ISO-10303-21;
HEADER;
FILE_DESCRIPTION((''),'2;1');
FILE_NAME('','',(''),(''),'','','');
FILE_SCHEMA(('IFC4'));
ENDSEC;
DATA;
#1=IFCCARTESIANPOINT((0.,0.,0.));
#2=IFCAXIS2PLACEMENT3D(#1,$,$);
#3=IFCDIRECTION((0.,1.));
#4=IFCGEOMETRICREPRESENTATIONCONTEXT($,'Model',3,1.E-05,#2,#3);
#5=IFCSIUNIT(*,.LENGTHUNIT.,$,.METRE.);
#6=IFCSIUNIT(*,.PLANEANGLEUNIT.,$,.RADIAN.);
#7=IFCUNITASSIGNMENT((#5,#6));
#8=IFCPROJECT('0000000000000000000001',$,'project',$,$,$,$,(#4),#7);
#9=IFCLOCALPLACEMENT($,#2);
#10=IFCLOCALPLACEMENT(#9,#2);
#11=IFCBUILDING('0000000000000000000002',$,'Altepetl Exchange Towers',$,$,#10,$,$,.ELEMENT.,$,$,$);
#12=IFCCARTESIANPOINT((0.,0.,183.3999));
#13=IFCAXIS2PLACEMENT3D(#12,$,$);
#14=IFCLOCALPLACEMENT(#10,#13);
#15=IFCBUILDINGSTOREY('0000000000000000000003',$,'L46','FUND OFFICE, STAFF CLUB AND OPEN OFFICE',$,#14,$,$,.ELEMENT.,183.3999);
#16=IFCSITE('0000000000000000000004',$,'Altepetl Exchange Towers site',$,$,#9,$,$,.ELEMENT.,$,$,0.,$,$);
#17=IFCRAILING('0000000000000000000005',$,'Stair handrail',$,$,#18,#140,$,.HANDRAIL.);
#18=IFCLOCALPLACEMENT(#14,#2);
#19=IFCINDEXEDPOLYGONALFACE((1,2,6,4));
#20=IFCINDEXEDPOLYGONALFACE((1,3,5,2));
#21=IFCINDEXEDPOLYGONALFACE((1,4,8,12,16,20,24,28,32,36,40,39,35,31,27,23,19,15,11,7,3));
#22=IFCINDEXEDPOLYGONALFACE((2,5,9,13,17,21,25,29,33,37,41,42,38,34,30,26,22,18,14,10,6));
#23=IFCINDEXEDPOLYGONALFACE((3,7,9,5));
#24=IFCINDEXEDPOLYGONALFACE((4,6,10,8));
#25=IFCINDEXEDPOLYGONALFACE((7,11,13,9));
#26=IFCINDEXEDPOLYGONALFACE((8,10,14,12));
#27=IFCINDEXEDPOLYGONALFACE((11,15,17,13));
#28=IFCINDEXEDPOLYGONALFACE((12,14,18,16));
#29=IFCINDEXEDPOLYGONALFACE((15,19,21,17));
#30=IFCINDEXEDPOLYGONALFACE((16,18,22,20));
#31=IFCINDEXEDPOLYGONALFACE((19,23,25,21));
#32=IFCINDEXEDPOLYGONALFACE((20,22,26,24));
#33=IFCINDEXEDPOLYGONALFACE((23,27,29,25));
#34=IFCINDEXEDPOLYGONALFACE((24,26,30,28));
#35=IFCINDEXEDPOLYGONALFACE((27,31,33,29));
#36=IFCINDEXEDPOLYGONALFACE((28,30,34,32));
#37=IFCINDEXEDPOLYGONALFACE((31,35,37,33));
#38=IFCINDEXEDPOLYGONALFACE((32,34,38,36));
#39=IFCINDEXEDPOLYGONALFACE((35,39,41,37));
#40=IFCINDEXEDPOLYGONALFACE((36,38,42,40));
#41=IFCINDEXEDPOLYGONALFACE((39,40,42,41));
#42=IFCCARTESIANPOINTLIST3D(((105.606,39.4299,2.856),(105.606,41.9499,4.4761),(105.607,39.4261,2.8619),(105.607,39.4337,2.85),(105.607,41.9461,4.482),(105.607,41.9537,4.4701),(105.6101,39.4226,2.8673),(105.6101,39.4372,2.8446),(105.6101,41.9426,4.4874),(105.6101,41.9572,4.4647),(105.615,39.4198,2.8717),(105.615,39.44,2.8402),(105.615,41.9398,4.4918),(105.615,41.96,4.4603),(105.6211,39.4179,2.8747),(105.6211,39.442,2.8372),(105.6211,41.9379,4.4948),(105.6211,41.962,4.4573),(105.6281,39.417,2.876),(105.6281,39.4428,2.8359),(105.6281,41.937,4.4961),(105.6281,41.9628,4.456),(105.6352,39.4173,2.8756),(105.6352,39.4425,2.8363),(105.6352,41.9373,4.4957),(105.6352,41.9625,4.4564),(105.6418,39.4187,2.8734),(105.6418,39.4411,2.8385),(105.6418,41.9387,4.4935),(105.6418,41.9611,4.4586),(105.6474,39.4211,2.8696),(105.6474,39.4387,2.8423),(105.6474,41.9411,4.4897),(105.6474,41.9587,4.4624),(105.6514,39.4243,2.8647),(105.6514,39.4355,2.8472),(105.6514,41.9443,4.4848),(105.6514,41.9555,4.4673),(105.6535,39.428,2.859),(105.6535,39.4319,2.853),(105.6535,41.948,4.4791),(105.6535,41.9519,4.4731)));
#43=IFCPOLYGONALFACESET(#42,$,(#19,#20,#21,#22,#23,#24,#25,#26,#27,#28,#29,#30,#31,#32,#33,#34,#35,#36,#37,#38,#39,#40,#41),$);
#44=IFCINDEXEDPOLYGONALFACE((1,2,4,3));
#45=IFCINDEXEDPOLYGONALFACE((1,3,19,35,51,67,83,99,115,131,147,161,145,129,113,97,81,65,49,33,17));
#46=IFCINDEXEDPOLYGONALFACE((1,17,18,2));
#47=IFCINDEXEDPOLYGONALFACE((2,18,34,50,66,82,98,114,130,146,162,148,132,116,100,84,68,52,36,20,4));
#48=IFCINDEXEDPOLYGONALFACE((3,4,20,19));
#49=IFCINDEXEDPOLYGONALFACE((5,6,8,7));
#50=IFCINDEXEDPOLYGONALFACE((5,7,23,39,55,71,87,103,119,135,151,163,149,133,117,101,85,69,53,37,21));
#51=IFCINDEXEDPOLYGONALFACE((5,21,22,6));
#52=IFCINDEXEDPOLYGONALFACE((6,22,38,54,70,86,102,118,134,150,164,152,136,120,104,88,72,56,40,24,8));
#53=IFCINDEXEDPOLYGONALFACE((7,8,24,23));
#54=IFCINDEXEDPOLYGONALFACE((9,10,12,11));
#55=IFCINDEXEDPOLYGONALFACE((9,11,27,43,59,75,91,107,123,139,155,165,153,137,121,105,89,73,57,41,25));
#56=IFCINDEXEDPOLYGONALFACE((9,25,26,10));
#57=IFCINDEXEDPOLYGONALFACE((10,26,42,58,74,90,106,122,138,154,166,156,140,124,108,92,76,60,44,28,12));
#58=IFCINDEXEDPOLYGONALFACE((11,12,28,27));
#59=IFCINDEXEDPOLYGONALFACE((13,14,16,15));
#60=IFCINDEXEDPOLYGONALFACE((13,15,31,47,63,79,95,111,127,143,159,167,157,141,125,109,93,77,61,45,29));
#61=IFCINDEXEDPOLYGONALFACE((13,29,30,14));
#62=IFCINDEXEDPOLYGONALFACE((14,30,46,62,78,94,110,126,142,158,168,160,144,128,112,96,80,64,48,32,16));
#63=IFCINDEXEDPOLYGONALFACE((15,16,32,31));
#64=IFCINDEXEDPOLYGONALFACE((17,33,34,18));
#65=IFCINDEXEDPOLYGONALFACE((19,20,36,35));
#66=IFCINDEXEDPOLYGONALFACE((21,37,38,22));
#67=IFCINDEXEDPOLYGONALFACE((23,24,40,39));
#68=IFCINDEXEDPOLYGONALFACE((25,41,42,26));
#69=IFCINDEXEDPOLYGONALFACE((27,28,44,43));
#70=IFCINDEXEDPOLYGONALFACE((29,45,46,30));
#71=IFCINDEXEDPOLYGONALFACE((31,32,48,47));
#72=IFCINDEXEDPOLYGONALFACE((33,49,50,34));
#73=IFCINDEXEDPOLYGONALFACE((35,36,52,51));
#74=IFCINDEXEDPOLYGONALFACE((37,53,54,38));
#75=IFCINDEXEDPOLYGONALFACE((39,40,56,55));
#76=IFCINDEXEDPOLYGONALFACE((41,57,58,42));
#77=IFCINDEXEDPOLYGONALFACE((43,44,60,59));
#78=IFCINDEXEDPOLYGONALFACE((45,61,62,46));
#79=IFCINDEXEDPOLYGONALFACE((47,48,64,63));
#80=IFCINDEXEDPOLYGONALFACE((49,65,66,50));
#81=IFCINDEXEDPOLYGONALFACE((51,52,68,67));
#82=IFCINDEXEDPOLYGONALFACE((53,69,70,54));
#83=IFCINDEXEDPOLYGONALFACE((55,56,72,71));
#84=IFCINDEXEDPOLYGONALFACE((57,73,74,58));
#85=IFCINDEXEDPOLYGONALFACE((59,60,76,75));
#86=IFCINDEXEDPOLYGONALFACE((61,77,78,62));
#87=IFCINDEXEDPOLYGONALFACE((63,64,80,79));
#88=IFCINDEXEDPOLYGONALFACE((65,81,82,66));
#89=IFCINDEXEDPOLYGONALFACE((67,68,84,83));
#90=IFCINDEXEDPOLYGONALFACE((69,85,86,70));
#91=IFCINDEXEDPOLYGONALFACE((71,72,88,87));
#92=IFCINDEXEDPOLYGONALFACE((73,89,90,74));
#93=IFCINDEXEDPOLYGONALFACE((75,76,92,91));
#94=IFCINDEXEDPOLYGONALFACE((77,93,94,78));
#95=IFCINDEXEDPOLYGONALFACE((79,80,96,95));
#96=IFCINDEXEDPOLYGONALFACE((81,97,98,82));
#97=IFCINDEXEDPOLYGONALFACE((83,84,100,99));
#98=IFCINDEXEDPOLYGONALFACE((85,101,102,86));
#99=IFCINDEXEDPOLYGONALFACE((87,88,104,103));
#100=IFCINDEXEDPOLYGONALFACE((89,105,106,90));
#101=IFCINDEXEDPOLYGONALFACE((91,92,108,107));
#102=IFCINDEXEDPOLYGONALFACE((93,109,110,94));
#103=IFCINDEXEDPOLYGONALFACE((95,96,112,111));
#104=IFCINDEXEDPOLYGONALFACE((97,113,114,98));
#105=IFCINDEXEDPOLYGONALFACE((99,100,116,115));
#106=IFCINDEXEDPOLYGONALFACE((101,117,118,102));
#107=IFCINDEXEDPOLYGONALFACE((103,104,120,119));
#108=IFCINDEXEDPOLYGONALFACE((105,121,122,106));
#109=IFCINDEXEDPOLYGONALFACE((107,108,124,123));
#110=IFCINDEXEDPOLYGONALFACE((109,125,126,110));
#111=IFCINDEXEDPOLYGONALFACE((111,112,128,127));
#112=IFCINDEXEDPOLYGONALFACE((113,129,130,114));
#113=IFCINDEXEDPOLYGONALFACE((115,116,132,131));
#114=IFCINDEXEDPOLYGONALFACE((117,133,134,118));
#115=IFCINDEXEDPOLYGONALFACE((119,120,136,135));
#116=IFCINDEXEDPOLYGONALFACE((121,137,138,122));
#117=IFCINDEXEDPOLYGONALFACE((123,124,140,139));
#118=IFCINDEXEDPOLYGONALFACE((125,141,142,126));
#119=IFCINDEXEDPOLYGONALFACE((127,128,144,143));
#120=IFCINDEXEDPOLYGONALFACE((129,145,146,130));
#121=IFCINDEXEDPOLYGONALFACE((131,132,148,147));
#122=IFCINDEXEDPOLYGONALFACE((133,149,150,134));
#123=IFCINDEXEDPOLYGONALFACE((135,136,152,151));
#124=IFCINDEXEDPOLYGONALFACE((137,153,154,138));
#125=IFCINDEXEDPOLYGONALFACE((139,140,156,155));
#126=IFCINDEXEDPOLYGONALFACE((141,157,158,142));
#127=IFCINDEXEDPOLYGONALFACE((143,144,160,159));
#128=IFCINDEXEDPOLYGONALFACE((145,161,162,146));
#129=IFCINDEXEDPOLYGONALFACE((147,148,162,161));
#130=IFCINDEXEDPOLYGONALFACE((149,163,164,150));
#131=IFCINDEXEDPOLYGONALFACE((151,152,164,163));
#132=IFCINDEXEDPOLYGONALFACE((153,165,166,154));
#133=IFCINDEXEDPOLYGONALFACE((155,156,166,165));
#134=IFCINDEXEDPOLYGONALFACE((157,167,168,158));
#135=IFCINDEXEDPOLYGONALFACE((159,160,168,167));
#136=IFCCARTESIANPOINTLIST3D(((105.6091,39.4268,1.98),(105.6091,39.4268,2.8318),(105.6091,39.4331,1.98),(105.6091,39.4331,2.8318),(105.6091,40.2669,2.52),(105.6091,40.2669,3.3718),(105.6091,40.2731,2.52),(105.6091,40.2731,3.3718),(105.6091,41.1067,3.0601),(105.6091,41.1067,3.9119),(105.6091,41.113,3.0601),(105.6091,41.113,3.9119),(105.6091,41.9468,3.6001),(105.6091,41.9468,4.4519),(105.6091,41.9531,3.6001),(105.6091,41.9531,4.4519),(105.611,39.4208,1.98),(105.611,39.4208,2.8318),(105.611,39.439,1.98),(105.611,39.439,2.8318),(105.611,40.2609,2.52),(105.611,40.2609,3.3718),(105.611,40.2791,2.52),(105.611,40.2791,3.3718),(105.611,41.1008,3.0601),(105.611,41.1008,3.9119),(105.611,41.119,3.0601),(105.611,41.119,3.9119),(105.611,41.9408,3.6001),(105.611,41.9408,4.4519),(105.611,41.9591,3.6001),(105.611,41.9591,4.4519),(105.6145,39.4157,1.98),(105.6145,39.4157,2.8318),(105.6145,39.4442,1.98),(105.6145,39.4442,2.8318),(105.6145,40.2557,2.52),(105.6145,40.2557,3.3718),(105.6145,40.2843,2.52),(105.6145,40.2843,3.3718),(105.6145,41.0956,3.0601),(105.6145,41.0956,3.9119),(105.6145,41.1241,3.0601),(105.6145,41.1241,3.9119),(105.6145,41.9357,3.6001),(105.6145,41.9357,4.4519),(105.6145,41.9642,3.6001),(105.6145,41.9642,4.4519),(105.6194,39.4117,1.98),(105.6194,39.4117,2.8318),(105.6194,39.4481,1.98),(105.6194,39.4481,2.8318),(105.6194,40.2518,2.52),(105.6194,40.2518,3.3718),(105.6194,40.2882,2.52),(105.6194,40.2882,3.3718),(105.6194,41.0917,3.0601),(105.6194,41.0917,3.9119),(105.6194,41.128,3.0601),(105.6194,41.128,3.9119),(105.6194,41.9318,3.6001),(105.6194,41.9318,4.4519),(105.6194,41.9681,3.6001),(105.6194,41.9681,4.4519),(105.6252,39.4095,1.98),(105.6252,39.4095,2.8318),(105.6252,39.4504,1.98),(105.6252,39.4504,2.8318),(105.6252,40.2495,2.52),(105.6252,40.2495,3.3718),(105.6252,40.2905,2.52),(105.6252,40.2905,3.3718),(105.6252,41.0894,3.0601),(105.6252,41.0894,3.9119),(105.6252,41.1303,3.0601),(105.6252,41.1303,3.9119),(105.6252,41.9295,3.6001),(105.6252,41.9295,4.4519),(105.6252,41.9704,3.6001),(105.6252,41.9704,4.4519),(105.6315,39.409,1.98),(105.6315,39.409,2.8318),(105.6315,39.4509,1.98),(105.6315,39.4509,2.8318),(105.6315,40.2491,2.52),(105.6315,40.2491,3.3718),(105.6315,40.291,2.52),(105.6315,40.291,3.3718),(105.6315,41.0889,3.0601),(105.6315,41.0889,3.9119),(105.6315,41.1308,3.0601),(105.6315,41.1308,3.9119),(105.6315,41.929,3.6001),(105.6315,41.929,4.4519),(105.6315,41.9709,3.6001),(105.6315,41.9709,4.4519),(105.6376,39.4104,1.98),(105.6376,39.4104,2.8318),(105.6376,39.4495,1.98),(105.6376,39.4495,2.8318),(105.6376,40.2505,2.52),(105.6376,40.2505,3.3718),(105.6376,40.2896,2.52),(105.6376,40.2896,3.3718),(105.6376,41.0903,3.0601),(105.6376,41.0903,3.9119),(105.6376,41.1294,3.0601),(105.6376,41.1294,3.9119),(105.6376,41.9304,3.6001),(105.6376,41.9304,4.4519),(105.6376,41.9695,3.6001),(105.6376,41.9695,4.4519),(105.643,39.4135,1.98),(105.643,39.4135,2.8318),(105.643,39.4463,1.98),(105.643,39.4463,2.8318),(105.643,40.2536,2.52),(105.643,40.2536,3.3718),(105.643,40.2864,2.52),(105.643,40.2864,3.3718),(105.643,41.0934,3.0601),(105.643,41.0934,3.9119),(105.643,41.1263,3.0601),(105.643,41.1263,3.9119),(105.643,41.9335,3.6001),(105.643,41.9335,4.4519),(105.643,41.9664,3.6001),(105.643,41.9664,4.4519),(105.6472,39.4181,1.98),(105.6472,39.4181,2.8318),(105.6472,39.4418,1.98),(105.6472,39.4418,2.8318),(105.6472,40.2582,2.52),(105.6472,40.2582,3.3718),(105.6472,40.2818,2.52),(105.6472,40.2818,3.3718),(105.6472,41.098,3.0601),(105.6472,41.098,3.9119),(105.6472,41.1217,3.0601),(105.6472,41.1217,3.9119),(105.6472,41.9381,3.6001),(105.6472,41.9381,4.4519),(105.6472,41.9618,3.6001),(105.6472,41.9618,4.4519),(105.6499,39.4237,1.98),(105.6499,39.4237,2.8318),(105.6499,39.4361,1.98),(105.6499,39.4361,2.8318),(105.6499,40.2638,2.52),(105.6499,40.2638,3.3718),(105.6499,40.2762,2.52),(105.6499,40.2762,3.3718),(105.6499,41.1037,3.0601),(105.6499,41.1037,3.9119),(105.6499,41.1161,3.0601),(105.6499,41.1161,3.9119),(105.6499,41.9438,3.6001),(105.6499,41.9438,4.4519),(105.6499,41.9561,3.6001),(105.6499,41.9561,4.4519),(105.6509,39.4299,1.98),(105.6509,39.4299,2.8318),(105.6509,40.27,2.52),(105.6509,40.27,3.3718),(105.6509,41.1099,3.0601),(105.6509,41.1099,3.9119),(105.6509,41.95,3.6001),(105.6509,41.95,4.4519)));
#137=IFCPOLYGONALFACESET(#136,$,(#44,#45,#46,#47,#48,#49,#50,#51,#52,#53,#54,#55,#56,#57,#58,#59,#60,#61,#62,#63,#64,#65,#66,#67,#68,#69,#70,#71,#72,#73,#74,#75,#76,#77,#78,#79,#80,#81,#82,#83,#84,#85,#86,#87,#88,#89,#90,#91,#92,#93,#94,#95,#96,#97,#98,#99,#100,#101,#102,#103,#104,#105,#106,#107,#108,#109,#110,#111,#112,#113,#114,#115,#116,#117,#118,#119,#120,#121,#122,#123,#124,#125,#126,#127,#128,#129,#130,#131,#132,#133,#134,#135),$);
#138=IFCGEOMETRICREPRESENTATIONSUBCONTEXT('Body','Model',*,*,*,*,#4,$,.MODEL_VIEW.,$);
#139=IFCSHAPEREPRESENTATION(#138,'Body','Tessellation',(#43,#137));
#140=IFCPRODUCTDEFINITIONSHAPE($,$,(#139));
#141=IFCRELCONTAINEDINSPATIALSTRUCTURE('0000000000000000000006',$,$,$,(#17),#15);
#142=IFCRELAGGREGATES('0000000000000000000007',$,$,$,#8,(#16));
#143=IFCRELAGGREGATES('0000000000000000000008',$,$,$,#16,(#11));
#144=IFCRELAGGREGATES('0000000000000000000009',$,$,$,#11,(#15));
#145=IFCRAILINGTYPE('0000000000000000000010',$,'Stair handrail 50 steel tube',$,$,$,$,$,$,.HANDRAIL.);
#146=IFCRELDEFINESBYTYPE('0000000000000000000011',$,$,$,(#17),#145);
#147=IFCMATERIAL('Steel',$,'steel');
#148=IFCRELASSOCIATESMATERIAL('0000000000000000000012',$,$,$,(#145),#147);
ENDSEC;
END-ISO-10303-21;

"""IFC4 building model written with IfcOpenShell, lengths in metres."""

from ifc_helpers import new_model, si_unit, direction, frame, origin, origin_2d, place, context, subcontext, project, spatial, circle, extrude, source, transform, mapped, material, type_object, element, save


model = new_model("IFC4")

# Units and contexts
model_context = context("Model", 3, precision=1e-05, world=origin(), true_north=direction((0.0, 1.0)))
body_context = subcontext(model_context, "Body", "Model", "MODEL_VIEW")
ifc_project = project(units=[si_unit("LENGTHUNIT", "METRE"), si_unit("PLANEANGLEUNIT", "RADIAN")], contexts=[model_context])

# Site, building, storey
site_placement = place(None, origin())
site = spatial("IfcSite", under=ifc_project, at=site_placement, Name="Altepetl Exchange Towers site", CompositionType="ELEMENT", RefElevation=0.0)
building_placement = place(site_placement, origin())
building = spatial("IfcBuilding", under=site, at=building_placement, Name="Altepetl Exchange Towers", CompositionType="ELEMENT")
storey_placement = place(building_placement, frame((0.0, 0.0, 183.3999)))
storey = spatial("IfcBuildingStorey", under=building, at=storey_placement, Name="L46", Description="FUND OFFICE, STAFF CLUB AND OPEN OFFICE", CompositionType="ELEMENT", Elevation=183.3999)

# Railing
ifc_material_1 = material(Name="Steel", Category="steel")
railing_type = type_object("IfcRailingType", Name="Stair handrail 50 steel tube", PredefinedType="HANDRAIL", material=ifc_material_1)
shared_shape = source(origin(), body_context, "Body", "SweptSolid", [
    extrude(circle(Radius=0.021, at=origin_2d()), origin(), (0.0, 0.0, 1.0), 0.8518),
])
railing_1_placement = place(storey_placement, frame((105.6299, 39.4299, 1.98)))
element("IfcRailing", 1, at=railing_1_placement, inside=storey, type_object=railing_type, Name="Stair handrail", PredefinedType="HANDRAIL", context=body_context, shape_type="SweptSolid", body=[
    extrude(circle(Radius=0.0239, at=origin_2d()), frame((0.0, 0.0, 0.876), z_axis=(0.0, 0.841163, 0.540782), x_axis=(-1.0, 0.0, 0.0)), (0.0, 0.0, 1.0), 2.9958),
    mapped(shared_shape, transform((0.0, 0.0, 0.0))),
    mapped(shared_shape, transform((0.0, 0.8401, 0.54))),
    mapped(shared_shape, transform((0.0, 1.6799, 1.0801))),
    mapped(shared_shape, transform((0.0, 2.52, 1.6201))),
])

save(model, "model.ifc")
